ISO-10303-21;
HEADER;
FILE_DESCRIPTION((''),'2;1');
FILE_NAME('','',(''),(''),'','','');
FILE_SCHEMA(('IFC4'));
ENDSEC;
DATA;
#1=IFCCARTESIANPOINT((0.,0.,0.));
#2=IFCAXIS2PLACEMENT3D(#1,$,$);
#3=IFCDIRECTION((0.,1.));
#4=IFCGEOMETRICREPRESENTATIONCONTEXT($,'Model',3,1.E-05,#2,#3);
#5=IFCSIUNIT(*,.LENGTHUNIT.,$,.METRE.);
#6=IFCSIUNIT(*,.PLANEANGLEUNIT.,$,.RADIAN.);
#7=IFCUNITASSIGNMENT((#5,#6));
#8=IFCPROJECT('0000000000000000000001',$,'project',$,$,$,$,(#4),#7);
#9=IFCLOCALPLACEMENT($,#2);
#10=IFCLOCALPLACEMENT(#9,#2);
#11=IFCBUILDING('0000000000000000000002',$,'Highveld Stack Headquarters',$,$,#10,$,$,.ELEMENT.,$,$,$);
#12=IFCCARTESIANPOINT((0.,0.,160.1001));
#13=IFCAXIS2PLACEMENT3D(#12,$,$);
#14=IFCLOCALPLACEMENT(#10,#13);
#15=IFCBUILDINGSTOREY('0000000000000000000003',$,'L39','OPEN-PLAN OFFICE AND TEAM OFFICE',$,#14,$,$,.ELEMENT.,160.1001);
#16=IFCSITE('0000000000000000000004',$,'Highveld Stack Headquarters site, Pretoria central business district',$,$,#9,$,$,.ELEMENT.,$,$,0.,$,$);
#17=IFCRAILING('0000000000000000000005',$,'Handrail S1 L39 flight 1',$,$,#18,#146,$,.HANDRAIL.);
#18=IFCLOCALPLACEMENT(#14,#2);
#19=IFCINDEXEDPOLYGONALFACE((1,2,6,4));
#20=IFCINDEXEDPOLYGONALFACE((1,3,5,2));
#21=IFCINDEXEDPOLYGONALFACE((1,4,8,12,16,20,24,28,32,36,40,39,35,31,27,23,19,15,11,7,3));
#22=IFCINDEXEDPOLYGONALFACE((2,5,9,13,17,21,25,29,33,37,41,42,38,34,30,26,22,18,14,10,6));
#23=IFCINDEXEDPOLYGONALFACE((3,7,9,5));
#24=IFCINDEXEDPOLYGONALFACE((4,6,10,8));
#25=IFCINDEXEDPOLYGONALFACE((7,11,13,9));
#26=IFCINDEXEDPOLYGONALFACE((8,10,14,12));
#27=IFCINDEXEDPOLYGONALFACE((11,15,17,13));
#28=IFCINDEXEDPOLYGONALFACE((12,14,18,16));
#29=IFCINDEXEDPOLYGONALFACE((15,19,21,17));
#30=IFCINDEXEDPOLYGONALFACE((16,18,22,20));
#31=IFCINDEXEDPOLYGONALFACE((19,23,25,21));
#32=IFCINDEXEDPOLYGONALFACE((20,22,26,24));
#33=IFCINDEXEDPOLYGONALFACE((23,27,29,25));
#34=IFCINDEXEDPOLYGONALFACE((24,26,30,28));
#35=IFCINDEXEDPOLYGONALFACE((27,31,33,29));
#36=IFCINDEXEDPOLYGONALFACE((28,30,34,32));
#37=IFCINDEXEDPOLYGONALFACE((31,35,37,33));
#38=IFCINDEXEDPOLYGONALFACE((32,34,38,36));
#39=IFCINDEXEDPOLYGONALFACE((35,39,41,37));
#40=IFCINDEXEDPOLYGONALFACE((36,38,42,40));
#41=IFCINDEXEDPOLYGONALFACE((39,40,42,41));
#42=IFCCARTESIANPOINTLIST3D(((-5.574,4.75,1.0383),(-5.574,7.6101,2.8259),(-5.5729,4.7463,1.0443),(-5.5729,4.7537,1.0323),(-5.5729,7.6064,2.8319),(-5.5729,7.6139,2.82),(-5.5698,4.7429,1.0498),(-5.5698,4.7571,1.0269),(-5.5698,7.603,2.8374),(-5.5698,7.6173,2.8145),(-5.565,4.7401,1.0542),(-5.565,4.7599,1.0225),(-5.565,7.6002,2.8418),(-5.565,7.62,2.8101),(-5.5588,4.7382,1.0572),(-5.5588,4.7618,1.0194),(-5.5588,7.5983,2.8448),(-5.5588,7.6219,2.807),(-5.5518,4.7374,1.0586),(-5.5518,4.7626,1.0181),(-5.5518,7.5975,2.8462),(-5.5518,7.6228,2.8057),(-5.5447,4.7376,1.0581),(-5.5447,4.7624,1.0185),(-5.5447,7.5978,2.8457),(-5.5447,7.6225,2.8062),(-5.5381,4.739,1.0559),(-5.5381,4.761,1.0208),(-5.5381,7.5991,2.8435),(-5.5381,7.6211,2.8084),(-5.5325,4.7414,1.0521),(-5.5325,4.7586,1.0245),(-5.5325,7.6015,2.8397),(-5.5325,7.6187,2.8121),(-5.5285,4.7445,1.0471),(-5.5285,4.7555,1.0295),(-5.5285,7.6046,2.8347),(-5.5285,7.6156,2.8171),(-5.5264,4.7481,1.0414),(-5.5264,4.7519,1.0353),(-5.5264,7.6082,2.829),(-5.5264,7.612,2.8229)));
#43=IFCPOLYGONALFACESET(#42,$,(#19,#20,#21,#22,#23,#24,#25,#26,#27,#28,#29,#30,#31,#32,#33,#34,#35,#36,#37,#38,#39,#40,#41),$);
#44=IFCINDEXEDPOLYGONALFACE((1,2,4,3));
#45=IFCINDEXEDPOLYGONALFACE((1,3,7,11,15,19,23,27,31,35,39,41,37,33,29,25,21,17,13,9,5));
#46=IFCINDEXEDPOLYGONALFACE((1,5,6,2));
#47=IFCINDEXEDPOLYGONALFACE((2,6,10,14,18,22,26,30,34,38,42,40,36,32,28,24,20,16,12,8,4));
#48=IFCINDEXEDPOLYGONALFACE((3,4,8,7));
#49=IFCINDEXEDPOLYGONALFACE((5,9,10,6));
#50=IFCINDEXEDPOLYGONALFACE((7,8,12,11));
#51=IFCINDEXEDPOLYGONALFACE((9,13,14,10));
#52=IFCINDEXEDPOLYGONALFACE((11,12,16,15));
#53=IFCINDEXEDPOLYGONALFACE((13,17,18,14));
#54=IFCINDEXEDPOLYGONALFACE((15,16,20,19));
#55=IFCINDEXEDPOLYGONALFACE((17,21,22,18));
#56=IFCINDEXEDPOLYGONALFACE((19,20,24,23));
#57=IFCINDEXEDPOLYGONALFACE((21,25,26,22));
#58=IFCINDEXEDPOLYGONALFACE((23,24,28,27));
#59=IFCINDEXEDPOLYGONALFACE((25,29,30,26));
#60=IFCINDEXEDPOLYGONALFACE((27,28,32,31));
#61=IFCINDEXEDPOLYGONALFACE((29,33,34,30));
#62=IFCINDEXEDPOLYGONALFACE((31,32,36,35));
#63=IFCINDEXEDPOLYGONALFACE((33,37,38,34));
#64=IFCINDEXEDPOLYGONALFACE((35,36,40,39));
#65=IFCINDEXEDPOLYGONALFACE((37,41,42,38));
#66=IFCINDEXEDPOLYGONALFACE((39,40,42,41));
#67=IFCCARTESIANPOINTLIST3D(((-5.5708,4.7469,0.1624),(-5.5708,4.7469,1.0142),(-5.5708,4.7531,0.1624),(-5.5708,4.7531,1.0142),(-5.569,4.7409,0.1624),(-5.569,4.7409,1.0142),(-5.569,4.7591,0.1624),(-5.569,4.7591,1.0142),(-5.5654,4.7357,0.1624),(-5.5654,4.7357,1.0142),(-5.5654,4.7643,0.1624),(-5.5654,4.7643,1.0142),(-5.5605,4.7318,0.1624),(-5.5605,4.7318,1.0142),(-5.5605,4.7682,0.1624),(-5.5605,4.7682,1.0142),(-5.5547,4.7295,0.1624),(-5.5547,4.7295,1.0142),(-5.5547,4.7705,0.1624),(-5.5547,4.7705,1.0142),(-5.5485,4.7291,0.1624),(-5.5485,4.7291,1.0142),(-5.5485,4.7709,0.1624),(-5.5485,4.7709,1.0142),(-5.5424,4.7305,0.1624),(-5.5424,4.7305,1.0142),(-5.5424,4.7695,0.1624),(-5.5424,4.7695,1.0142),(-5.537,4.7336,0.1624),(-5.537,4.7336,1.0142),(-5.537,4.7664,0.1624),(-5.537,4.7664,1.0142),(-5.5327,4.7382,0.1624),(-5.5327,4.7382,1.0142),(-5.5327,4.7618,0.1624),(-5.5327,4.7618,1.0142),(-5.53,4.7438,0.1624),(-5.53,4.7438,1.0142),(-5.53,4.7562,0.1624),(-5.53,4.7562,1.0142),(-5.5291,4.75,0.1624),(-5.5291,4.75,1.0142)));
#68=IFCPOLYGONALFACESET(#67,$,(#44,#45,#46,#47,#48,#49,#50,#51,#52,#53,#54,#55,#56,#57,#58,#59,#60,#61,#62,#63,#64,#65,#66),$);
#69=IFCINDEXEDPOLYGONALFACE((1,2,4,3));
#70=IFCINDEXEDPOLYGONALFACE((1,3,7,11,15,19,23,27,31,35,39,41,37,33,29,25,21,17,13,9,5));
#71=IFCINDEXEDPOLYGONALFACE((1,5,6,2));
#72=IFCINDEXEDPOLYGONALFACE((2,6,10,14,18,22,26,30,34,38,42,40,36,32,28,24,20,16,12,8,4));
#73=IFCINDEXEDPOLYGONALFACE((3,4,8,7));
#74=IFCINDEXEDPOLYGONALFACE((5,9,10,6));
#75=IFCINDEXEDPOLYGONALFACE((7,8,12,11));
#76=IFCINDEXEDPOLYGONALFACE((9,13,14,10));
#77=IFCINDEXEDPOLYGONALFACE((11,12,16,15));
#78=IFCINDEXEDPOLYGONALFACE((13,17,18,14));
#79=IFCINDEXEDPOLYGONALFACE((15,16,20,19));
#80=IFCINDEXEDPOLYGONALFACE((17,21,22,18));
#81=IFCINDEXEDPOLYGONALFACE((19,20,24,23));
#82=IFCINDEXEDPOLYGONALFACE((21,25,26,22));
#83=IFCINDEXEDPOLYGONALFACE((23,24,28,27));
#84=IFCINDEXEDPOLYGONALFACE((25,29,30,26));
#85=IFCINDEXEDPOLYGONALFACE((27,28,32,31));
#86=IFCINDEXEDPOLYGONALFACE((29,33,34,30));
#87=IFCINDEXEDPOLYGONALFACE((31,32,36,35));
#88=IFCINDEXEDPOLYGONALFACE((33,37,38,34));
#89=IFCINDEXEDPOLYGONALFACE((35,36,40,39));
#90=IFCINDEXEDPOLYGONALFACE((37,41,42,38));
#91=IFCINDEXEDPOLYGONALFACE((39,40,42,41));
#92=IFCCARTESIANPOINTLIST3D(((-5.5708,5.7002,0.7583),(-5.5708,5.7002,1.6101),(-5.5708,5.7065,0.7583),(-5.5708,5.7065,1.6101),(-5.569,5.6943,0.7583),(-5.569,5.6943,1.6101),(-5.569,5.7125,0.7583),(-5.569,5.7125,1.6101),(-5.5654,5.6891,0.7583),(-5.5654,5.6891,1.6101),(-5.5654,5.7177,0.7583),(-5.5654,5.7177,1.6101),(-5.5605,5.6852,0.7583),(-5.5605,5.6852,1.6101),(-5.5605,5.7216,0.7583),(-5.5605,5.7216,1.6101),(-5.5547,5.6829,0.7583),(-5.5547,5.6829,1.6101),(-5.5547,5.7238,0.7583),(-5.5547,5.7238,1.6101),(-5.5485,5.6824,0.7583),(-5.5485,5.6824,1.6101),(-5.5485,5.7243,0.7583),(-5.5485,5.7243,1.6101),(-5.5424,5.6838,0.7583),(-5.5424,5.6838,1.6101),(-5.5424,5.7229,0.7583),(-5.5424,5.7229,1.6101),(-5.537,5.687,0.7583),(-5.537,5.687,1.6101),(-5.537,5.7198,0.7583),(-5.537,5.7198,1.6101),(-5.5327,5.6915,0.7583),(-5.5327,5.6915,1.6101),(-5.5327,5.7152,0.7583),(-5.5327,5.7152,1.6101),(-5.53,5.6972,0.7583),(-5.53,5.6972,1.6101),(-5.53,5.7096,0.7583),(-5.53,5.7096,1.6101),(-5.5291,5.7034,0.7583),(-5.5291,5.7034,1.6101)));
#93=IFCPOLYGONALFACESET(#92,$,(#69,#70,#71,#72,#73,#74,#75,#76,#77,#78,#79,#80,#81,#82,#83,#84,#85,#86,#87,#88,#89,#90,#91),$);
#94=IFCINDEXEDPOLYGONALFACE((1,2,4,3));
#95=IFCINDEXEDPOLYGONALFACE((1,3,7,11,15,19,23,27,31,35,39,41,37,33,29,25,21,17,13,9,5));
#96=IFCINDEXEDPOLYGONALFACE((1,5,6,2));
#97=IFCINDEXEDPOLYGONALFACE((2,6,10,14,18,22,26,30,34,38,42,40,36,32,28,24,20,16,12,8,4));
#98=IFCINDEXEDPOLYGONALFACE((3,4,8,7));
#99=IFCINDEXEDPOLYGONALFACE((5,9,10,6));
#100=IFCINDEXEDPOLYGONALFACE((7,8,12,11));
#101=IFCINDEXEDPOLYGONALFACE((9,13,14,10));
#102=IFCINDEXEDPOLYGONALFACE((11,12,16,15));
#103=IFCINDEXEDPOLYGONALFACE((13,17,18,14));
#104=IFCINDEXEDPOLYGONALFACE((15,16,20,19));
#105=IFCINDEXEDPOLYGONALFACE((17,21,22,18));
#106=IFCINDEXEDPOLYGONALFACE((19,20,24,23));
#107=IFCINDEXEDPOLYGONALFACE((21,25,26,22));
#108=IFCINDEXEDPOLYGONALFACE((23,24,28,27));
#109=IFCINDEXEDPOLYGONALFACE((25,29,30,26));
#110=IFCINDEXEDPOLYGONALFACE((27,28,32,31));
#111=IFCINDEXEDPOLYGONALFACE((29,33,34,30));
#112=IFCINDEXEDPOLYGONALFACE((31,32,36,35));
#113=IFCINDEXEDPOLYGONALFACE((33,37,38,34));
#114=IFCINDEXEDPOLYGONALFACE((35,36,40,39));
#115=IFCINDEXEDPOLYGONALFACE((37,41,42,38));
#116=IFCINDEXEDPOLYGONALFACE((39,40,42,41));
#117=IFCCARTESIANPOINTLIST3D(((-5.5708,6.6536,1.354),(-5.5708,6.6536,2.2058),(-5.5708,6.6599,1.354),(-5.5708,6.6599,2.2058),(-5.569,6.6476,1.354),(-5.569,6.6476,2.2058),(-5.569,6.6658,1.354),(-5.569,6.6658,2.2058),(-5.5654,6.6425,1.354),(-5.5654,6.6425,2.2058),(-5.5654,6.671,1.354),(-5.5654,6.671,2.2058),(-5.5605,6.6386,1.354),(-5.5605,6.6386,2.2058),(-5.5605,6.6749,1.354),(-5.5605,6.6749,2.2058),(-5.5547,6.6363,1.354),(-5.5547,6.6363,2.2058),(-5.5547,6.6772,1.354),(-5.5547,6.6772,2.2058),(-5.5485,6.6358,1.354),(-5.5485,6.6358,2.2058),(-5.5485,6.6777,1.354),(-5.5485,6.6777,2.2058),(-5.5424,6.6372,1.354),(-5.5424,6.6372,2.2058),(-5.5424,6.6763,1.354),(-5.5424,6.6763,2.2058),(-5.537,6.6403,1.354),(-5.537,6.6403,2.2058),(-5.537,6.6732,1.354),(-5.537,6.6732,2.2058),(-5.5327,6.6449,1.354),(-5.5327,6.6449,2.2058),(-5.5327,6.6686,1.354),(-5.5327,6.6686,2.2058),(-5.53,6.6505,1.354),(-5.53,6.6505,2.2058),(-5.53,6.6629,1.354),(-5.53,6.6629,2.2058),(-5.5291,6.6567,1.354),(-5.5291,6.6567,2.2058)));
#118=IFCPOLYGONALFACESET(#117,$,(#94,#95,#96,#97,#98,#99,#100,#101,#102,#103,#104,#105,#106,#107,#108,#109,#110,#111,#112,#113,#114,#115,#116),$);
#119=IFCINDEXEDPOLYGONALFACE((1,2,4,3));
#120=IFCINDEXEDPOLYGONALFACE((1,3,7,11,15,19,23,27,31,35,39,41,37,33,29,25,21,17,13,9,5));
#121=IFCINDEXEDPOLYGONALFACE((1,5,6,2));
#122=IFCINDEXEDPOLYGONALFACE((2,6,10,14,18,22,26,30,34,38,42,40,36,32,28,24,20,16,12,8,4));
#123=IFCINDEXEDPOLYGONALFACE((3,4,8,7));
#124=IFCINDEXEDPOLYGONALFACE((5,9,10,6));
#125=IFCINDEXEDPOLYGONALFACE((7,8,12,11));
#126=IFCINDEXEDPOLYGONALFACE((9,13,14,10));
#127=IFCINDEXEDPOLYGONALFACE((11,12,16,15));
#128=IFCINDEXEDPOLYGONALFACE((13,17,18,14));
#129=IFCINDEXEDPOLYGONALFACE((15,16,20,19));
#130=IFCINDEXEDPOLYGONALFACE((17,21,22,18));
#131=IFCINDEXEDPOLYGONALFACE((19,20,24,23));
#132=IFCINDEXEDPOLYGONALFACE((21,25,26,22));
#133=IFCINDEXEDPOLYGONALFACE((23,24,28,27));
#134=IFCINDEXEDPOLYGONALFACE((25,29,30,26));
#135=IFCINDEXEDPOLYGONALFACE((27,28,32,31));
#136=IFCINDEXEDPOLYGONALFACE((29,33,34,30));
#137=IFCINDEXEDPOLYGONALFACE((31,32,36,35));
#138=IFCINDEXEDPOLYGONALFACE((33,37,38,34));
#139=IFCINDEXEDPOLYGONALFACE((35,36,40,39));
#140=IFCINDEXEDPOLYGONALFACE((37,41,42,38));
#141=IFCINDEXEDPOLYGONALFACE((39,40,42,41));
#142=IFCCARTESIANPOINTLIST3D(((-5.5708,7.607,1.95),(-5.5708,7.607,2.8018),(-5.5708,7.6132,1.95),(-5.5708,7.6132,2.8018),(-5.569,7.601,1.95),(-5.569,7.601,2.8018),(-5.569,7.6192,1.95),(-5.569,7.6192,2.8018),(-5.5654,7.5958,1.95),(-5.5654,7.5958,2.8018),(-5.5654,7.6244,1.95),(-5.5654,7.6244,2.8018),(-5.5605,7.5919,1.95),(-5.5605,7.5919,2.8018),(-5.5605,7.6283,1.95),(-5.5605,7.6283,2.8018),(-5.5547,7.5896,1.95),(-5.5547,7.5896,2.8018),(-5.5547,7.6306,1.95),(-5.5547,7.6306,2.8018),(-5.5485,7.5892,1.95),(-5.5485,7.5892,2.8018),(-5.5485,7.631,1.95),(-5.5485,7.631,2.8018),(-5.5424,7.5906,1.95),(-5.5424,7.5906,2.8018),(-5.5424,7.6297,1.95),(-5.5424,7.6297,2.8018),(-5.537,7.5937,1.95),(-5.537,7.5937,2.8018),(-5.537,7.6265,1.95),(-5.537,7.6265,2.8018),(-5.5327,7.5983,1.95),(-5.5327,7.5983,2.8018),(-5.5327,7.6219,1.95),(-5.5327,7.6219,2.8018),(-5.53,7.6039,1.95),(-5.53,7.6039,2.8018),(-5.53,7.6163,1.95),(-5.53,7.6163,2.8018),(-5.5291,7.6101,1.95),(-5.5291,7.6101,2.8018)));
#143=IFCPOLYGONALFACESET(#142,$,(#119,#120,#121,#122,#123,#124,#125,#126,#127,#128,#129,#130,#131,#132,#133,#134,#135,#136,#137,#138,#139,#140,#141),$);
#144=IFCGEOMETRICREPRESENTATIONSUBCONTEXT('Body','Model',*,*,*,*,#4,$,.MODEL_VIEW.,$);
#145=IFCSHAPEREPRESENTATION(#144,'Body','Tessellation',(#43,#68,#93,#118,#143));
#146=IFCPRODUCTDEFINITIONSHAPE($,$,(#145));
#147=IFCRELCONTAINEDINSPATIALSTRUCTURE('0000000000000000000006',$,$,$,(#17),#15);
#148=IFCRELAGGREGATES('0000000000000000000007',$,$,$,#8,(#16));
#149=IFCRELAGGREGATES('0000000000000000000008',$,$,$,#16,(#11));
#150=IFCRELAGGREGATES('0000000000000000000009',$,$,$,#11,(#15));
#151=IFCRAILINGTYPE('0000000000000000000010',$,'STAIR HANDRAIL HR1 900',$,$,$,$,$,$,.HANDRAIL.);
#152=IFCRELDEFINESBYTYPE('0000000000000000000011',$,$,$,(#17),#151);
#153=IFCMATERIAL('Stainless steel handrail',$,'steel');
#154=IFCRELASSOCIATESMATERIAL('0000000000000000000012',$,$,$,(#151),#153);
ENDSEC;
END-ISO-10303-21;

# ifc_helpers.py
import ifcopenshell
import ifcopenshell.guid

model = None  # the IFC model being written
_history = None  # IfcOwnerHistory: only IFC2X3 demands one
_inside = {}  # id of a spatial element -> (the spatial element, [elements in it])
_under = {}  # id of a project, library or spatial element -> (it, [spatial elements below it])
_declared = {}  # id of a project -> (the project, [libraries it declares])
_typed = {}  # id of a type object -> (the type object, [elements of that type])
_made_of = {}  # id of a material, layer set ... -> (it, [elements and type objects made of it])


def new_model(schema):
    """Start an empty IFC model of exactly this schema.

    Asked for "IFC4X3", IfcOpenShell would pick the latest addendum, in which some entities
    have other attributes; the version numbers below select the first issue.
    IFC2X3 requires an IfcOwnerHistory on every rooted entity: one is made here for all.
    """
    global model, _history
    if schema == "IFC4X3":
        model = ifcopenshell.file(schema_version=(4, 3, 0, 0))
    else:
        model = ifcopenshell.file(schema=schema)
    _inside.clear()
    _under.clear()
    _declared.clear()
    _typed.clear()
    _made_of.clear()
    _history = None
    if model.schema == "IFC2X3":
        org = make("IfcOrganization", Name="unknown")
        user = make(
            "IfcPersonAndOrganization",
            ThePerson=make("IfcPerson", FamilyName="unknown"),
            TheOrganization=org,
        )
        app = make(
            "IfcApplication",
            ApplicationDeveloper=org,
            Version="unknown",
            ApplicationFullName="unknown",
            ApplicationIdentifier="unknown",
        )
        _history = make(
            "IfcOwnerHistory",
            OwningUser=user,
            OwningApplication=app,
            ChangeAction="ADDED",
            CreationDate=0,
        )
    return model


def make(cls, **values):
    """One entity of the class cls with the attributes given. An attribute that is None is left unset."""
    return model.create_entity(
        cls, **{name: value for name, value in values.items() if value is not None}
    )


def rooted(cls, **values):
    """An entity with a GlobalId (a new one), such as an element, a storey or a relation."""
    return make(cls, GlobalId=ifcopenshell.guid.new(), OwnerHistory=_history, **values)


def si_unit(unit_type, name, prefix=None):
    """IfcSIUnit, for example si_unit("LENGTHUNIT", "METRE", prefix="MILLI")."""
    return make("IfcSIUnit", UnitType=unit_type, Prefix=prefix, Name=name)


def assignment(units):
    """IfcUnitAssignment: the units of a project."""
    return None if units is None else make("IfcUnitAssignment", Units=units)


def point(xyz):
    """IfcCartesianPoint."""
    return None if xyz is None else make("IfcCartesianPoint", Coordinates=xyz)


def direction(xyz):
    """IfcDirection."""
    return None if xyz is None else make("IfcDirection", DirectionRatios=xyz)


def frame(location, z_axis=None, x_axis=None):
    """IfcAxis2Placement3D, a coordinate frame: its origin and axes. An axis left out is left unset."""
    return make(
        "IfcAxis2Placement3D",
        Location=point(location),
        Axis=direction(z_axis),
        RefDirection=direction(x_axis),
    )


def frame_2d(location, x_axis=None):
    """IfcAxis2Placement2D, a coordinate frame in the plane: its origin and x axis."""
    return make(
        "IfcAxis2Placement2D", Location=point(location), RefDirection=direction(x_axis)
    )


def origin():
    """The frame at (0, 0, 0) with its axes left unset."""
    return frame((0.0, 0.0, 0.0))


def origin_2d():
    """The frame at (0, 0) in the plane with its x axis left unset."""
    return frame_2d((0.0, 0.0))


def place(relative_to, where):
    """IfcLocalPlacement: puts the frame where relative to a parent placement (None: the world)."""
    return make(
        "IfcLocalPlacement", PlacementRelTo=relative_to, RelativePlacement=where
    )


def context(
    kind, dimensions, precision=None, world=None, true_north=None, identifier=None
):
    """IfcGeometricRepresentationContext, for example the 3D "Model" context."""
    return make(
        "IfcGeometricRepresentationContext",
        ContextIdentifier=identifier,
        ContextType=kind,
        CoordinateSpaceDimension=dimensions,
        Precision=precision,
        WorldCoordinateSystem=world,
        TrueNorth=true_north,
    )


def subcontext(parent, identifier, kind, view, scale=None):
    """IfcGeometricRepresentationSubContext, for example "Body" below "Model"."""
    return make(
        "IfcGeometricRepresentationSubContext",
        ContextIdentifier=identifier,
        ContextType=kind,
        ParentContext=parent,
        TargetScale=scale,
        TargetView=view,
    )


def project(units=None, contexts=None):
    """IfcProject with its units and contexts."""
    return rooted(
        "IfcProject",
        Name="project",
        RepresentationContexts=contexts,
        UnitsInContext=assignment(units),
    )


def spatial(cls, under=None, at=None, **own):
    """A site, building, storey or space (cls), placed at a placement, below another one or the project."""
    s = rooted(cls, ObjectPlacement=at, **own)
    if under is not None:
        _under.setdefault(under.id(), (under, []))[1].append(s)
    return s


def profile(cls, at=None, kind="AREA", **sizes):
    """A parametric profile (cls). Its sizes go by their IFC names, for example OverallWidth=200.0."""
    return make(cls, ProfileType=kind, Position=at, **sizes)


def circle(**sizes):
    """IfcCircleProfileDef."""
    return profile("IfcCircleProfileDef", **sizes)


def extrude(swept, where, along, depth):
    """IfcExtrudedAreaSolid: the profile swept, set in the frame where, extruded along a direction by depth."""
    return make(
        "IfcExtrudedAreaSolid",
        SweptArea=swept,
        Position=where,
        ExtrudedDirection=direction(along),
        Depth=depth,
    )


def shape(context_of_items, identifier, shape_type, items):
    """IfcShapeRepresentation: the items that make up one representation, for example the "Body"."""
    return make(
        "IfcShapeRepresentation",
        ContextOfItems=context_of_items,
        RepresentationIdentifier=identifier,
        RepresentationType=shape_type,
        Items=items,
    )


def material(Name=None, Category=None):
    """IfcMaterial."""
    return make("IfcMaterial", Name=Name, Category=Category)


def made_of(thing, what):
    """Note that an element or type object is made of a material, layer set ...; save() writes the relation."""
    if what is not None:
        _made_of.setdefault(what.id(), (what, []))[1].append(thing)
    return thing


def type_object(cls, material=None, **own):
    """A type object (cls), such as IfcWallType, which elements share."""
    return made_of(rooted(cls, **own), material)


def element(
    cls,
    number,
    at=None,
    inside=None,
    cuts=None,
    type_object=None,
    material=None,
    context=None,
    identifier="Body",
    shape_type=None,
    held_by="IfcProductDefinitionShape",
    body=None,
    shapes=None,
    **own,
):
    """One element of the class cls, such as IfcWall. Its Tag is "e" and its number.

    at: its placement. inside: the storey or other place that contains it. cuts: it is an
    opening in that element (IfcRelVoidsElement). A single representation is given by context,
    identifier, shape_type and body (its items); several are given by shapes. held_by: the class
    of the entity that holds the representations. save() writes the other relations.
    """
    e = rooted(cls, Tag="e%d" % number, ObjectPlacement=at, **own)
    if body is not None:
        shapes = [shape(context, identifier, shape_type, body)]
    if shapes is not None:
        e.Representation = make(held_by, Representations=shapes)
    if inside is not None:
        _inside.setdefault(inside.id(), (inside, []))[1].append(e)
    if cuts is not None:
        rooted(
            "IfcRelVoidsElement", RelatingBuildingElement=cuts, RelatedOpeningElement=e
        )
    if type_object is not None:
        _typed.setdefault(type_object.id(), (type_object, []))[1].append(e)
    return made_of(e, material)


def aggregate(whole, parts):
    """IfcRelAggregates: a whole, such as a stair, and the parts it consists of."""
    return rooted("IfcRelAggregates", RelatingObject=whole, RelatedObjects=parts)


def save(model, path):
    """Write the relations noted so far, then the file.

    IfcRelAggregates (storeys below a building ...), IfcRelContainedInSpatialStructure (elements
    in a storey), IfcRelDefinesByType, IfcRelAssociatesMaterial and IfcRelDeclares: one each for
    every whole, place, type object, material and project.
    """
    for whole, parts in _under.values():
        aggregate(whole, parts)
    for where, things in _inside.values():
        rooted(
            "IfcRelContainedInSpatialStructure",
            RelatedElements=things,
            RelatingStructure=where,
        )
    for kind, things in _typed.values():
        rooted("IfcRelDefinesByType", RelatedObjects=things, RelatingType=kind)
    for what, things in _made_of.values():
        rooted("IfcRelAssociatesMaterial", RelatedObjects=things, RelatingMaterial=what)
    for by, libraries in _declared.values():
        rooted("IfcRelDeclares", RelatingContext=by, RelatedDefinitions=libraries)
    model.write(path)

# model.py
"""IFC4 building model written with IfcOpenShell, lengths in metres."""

from ifc_helpers import new_model, si_unit, direction, frame, origin, origin_2d, place, context, subcontext, project, spatial, circle, extrude, material, type_object, element, save


model = new_model("IFC4")

# Units and contexts
model_context = context("Model", 3, precision=1e-05, world=origin(), true_north=direction((0.0, 1.0)))
body_context = subcontext(model_context, "Body", "Model", "MODEL_VIEW")
ifc_project = project(units=[si_unit("LENGTHUNIT", "METRE"), si_unit("PLANEANGLEUNIT", "RADIAN")], contexts=[model_context])

# Site, building, storey
site_placement = place(None, origin())
site = spatial("IfcSite", under=ifc_project, at=site_placement, Name="Highveld Stack Headquarters site, Pretoria central business district", CompositionType="ELEMENT", RefElevation=0.0)
building_placement = place(site_placement, origin())
building = spatial("IfcBuilding", under=site, at=building_placement, Name="Highveld Stack Headquarters", CompositionType="ELEMENT")
storey_placement = place(building_placement, frame((0.0, 0.0, 160.1001)))
storey = spatial("IfcBuildingStorey", under=building, at=storey_placement, Name="L39", Description="OPEN-PLAN OFFICE AND TEAM OFFICE", CompositionType="ELEMENT", Elevation=160.1001)

# Railing
ifc_material_1 = material(Name="Stainless steel handrail", Category="steel")
railing_type = type_object("IfcRailingType", Name="STAIR HANDRAIL HR1 900", PredefinedType="HANDRAIL", material=ifc_material_1)
for number, where, name in (
    (1, (-5.55, 4.75, 0.1624), "Handrail S1 L39 flight 1"),
):
    element("IfcRailing", number, at=place(storey_placement, frame(where)), inside=storey, type_object=railing_type, Name=name, PredefinedType="HANDRAIL", context=body_context, shape_type="SweptSolid", body=[
        extrude(circle(Radius=0.0239, at=origin_2d()), frame((0.0, 0.0, 0.876), z_axis=(0.0, 0.847994, 0.530005), x_axis=(-1.0, 0.0, 0.0)), (0.0, 0.0, 1.0), 3.3728),
        extrude(circle(Radius=0.021, at=origin_2d()), origin(), (0.0, 0.0, 1.0), 0.8518),
        extrude(circle(Radius=0.021, at=origin_2d()), frame((0.0, 0.9534, 0.5959)), (0.0, 0.0, 1.0), 0.8518),
        extrude(circle(Radius=0.021, at=origin_2d()), frame((0.0, 1.9067, 1.1917)), (0.0, 0.0, 1.0), 0.8518),
        extrude(circle(Radius=0.021, at=origin_2d()), frame((0.0, 2.8601, 1.7876)), (0.0, 0.0, 1.0), 0.8518),
    ])

save(model, "model.ifc")
